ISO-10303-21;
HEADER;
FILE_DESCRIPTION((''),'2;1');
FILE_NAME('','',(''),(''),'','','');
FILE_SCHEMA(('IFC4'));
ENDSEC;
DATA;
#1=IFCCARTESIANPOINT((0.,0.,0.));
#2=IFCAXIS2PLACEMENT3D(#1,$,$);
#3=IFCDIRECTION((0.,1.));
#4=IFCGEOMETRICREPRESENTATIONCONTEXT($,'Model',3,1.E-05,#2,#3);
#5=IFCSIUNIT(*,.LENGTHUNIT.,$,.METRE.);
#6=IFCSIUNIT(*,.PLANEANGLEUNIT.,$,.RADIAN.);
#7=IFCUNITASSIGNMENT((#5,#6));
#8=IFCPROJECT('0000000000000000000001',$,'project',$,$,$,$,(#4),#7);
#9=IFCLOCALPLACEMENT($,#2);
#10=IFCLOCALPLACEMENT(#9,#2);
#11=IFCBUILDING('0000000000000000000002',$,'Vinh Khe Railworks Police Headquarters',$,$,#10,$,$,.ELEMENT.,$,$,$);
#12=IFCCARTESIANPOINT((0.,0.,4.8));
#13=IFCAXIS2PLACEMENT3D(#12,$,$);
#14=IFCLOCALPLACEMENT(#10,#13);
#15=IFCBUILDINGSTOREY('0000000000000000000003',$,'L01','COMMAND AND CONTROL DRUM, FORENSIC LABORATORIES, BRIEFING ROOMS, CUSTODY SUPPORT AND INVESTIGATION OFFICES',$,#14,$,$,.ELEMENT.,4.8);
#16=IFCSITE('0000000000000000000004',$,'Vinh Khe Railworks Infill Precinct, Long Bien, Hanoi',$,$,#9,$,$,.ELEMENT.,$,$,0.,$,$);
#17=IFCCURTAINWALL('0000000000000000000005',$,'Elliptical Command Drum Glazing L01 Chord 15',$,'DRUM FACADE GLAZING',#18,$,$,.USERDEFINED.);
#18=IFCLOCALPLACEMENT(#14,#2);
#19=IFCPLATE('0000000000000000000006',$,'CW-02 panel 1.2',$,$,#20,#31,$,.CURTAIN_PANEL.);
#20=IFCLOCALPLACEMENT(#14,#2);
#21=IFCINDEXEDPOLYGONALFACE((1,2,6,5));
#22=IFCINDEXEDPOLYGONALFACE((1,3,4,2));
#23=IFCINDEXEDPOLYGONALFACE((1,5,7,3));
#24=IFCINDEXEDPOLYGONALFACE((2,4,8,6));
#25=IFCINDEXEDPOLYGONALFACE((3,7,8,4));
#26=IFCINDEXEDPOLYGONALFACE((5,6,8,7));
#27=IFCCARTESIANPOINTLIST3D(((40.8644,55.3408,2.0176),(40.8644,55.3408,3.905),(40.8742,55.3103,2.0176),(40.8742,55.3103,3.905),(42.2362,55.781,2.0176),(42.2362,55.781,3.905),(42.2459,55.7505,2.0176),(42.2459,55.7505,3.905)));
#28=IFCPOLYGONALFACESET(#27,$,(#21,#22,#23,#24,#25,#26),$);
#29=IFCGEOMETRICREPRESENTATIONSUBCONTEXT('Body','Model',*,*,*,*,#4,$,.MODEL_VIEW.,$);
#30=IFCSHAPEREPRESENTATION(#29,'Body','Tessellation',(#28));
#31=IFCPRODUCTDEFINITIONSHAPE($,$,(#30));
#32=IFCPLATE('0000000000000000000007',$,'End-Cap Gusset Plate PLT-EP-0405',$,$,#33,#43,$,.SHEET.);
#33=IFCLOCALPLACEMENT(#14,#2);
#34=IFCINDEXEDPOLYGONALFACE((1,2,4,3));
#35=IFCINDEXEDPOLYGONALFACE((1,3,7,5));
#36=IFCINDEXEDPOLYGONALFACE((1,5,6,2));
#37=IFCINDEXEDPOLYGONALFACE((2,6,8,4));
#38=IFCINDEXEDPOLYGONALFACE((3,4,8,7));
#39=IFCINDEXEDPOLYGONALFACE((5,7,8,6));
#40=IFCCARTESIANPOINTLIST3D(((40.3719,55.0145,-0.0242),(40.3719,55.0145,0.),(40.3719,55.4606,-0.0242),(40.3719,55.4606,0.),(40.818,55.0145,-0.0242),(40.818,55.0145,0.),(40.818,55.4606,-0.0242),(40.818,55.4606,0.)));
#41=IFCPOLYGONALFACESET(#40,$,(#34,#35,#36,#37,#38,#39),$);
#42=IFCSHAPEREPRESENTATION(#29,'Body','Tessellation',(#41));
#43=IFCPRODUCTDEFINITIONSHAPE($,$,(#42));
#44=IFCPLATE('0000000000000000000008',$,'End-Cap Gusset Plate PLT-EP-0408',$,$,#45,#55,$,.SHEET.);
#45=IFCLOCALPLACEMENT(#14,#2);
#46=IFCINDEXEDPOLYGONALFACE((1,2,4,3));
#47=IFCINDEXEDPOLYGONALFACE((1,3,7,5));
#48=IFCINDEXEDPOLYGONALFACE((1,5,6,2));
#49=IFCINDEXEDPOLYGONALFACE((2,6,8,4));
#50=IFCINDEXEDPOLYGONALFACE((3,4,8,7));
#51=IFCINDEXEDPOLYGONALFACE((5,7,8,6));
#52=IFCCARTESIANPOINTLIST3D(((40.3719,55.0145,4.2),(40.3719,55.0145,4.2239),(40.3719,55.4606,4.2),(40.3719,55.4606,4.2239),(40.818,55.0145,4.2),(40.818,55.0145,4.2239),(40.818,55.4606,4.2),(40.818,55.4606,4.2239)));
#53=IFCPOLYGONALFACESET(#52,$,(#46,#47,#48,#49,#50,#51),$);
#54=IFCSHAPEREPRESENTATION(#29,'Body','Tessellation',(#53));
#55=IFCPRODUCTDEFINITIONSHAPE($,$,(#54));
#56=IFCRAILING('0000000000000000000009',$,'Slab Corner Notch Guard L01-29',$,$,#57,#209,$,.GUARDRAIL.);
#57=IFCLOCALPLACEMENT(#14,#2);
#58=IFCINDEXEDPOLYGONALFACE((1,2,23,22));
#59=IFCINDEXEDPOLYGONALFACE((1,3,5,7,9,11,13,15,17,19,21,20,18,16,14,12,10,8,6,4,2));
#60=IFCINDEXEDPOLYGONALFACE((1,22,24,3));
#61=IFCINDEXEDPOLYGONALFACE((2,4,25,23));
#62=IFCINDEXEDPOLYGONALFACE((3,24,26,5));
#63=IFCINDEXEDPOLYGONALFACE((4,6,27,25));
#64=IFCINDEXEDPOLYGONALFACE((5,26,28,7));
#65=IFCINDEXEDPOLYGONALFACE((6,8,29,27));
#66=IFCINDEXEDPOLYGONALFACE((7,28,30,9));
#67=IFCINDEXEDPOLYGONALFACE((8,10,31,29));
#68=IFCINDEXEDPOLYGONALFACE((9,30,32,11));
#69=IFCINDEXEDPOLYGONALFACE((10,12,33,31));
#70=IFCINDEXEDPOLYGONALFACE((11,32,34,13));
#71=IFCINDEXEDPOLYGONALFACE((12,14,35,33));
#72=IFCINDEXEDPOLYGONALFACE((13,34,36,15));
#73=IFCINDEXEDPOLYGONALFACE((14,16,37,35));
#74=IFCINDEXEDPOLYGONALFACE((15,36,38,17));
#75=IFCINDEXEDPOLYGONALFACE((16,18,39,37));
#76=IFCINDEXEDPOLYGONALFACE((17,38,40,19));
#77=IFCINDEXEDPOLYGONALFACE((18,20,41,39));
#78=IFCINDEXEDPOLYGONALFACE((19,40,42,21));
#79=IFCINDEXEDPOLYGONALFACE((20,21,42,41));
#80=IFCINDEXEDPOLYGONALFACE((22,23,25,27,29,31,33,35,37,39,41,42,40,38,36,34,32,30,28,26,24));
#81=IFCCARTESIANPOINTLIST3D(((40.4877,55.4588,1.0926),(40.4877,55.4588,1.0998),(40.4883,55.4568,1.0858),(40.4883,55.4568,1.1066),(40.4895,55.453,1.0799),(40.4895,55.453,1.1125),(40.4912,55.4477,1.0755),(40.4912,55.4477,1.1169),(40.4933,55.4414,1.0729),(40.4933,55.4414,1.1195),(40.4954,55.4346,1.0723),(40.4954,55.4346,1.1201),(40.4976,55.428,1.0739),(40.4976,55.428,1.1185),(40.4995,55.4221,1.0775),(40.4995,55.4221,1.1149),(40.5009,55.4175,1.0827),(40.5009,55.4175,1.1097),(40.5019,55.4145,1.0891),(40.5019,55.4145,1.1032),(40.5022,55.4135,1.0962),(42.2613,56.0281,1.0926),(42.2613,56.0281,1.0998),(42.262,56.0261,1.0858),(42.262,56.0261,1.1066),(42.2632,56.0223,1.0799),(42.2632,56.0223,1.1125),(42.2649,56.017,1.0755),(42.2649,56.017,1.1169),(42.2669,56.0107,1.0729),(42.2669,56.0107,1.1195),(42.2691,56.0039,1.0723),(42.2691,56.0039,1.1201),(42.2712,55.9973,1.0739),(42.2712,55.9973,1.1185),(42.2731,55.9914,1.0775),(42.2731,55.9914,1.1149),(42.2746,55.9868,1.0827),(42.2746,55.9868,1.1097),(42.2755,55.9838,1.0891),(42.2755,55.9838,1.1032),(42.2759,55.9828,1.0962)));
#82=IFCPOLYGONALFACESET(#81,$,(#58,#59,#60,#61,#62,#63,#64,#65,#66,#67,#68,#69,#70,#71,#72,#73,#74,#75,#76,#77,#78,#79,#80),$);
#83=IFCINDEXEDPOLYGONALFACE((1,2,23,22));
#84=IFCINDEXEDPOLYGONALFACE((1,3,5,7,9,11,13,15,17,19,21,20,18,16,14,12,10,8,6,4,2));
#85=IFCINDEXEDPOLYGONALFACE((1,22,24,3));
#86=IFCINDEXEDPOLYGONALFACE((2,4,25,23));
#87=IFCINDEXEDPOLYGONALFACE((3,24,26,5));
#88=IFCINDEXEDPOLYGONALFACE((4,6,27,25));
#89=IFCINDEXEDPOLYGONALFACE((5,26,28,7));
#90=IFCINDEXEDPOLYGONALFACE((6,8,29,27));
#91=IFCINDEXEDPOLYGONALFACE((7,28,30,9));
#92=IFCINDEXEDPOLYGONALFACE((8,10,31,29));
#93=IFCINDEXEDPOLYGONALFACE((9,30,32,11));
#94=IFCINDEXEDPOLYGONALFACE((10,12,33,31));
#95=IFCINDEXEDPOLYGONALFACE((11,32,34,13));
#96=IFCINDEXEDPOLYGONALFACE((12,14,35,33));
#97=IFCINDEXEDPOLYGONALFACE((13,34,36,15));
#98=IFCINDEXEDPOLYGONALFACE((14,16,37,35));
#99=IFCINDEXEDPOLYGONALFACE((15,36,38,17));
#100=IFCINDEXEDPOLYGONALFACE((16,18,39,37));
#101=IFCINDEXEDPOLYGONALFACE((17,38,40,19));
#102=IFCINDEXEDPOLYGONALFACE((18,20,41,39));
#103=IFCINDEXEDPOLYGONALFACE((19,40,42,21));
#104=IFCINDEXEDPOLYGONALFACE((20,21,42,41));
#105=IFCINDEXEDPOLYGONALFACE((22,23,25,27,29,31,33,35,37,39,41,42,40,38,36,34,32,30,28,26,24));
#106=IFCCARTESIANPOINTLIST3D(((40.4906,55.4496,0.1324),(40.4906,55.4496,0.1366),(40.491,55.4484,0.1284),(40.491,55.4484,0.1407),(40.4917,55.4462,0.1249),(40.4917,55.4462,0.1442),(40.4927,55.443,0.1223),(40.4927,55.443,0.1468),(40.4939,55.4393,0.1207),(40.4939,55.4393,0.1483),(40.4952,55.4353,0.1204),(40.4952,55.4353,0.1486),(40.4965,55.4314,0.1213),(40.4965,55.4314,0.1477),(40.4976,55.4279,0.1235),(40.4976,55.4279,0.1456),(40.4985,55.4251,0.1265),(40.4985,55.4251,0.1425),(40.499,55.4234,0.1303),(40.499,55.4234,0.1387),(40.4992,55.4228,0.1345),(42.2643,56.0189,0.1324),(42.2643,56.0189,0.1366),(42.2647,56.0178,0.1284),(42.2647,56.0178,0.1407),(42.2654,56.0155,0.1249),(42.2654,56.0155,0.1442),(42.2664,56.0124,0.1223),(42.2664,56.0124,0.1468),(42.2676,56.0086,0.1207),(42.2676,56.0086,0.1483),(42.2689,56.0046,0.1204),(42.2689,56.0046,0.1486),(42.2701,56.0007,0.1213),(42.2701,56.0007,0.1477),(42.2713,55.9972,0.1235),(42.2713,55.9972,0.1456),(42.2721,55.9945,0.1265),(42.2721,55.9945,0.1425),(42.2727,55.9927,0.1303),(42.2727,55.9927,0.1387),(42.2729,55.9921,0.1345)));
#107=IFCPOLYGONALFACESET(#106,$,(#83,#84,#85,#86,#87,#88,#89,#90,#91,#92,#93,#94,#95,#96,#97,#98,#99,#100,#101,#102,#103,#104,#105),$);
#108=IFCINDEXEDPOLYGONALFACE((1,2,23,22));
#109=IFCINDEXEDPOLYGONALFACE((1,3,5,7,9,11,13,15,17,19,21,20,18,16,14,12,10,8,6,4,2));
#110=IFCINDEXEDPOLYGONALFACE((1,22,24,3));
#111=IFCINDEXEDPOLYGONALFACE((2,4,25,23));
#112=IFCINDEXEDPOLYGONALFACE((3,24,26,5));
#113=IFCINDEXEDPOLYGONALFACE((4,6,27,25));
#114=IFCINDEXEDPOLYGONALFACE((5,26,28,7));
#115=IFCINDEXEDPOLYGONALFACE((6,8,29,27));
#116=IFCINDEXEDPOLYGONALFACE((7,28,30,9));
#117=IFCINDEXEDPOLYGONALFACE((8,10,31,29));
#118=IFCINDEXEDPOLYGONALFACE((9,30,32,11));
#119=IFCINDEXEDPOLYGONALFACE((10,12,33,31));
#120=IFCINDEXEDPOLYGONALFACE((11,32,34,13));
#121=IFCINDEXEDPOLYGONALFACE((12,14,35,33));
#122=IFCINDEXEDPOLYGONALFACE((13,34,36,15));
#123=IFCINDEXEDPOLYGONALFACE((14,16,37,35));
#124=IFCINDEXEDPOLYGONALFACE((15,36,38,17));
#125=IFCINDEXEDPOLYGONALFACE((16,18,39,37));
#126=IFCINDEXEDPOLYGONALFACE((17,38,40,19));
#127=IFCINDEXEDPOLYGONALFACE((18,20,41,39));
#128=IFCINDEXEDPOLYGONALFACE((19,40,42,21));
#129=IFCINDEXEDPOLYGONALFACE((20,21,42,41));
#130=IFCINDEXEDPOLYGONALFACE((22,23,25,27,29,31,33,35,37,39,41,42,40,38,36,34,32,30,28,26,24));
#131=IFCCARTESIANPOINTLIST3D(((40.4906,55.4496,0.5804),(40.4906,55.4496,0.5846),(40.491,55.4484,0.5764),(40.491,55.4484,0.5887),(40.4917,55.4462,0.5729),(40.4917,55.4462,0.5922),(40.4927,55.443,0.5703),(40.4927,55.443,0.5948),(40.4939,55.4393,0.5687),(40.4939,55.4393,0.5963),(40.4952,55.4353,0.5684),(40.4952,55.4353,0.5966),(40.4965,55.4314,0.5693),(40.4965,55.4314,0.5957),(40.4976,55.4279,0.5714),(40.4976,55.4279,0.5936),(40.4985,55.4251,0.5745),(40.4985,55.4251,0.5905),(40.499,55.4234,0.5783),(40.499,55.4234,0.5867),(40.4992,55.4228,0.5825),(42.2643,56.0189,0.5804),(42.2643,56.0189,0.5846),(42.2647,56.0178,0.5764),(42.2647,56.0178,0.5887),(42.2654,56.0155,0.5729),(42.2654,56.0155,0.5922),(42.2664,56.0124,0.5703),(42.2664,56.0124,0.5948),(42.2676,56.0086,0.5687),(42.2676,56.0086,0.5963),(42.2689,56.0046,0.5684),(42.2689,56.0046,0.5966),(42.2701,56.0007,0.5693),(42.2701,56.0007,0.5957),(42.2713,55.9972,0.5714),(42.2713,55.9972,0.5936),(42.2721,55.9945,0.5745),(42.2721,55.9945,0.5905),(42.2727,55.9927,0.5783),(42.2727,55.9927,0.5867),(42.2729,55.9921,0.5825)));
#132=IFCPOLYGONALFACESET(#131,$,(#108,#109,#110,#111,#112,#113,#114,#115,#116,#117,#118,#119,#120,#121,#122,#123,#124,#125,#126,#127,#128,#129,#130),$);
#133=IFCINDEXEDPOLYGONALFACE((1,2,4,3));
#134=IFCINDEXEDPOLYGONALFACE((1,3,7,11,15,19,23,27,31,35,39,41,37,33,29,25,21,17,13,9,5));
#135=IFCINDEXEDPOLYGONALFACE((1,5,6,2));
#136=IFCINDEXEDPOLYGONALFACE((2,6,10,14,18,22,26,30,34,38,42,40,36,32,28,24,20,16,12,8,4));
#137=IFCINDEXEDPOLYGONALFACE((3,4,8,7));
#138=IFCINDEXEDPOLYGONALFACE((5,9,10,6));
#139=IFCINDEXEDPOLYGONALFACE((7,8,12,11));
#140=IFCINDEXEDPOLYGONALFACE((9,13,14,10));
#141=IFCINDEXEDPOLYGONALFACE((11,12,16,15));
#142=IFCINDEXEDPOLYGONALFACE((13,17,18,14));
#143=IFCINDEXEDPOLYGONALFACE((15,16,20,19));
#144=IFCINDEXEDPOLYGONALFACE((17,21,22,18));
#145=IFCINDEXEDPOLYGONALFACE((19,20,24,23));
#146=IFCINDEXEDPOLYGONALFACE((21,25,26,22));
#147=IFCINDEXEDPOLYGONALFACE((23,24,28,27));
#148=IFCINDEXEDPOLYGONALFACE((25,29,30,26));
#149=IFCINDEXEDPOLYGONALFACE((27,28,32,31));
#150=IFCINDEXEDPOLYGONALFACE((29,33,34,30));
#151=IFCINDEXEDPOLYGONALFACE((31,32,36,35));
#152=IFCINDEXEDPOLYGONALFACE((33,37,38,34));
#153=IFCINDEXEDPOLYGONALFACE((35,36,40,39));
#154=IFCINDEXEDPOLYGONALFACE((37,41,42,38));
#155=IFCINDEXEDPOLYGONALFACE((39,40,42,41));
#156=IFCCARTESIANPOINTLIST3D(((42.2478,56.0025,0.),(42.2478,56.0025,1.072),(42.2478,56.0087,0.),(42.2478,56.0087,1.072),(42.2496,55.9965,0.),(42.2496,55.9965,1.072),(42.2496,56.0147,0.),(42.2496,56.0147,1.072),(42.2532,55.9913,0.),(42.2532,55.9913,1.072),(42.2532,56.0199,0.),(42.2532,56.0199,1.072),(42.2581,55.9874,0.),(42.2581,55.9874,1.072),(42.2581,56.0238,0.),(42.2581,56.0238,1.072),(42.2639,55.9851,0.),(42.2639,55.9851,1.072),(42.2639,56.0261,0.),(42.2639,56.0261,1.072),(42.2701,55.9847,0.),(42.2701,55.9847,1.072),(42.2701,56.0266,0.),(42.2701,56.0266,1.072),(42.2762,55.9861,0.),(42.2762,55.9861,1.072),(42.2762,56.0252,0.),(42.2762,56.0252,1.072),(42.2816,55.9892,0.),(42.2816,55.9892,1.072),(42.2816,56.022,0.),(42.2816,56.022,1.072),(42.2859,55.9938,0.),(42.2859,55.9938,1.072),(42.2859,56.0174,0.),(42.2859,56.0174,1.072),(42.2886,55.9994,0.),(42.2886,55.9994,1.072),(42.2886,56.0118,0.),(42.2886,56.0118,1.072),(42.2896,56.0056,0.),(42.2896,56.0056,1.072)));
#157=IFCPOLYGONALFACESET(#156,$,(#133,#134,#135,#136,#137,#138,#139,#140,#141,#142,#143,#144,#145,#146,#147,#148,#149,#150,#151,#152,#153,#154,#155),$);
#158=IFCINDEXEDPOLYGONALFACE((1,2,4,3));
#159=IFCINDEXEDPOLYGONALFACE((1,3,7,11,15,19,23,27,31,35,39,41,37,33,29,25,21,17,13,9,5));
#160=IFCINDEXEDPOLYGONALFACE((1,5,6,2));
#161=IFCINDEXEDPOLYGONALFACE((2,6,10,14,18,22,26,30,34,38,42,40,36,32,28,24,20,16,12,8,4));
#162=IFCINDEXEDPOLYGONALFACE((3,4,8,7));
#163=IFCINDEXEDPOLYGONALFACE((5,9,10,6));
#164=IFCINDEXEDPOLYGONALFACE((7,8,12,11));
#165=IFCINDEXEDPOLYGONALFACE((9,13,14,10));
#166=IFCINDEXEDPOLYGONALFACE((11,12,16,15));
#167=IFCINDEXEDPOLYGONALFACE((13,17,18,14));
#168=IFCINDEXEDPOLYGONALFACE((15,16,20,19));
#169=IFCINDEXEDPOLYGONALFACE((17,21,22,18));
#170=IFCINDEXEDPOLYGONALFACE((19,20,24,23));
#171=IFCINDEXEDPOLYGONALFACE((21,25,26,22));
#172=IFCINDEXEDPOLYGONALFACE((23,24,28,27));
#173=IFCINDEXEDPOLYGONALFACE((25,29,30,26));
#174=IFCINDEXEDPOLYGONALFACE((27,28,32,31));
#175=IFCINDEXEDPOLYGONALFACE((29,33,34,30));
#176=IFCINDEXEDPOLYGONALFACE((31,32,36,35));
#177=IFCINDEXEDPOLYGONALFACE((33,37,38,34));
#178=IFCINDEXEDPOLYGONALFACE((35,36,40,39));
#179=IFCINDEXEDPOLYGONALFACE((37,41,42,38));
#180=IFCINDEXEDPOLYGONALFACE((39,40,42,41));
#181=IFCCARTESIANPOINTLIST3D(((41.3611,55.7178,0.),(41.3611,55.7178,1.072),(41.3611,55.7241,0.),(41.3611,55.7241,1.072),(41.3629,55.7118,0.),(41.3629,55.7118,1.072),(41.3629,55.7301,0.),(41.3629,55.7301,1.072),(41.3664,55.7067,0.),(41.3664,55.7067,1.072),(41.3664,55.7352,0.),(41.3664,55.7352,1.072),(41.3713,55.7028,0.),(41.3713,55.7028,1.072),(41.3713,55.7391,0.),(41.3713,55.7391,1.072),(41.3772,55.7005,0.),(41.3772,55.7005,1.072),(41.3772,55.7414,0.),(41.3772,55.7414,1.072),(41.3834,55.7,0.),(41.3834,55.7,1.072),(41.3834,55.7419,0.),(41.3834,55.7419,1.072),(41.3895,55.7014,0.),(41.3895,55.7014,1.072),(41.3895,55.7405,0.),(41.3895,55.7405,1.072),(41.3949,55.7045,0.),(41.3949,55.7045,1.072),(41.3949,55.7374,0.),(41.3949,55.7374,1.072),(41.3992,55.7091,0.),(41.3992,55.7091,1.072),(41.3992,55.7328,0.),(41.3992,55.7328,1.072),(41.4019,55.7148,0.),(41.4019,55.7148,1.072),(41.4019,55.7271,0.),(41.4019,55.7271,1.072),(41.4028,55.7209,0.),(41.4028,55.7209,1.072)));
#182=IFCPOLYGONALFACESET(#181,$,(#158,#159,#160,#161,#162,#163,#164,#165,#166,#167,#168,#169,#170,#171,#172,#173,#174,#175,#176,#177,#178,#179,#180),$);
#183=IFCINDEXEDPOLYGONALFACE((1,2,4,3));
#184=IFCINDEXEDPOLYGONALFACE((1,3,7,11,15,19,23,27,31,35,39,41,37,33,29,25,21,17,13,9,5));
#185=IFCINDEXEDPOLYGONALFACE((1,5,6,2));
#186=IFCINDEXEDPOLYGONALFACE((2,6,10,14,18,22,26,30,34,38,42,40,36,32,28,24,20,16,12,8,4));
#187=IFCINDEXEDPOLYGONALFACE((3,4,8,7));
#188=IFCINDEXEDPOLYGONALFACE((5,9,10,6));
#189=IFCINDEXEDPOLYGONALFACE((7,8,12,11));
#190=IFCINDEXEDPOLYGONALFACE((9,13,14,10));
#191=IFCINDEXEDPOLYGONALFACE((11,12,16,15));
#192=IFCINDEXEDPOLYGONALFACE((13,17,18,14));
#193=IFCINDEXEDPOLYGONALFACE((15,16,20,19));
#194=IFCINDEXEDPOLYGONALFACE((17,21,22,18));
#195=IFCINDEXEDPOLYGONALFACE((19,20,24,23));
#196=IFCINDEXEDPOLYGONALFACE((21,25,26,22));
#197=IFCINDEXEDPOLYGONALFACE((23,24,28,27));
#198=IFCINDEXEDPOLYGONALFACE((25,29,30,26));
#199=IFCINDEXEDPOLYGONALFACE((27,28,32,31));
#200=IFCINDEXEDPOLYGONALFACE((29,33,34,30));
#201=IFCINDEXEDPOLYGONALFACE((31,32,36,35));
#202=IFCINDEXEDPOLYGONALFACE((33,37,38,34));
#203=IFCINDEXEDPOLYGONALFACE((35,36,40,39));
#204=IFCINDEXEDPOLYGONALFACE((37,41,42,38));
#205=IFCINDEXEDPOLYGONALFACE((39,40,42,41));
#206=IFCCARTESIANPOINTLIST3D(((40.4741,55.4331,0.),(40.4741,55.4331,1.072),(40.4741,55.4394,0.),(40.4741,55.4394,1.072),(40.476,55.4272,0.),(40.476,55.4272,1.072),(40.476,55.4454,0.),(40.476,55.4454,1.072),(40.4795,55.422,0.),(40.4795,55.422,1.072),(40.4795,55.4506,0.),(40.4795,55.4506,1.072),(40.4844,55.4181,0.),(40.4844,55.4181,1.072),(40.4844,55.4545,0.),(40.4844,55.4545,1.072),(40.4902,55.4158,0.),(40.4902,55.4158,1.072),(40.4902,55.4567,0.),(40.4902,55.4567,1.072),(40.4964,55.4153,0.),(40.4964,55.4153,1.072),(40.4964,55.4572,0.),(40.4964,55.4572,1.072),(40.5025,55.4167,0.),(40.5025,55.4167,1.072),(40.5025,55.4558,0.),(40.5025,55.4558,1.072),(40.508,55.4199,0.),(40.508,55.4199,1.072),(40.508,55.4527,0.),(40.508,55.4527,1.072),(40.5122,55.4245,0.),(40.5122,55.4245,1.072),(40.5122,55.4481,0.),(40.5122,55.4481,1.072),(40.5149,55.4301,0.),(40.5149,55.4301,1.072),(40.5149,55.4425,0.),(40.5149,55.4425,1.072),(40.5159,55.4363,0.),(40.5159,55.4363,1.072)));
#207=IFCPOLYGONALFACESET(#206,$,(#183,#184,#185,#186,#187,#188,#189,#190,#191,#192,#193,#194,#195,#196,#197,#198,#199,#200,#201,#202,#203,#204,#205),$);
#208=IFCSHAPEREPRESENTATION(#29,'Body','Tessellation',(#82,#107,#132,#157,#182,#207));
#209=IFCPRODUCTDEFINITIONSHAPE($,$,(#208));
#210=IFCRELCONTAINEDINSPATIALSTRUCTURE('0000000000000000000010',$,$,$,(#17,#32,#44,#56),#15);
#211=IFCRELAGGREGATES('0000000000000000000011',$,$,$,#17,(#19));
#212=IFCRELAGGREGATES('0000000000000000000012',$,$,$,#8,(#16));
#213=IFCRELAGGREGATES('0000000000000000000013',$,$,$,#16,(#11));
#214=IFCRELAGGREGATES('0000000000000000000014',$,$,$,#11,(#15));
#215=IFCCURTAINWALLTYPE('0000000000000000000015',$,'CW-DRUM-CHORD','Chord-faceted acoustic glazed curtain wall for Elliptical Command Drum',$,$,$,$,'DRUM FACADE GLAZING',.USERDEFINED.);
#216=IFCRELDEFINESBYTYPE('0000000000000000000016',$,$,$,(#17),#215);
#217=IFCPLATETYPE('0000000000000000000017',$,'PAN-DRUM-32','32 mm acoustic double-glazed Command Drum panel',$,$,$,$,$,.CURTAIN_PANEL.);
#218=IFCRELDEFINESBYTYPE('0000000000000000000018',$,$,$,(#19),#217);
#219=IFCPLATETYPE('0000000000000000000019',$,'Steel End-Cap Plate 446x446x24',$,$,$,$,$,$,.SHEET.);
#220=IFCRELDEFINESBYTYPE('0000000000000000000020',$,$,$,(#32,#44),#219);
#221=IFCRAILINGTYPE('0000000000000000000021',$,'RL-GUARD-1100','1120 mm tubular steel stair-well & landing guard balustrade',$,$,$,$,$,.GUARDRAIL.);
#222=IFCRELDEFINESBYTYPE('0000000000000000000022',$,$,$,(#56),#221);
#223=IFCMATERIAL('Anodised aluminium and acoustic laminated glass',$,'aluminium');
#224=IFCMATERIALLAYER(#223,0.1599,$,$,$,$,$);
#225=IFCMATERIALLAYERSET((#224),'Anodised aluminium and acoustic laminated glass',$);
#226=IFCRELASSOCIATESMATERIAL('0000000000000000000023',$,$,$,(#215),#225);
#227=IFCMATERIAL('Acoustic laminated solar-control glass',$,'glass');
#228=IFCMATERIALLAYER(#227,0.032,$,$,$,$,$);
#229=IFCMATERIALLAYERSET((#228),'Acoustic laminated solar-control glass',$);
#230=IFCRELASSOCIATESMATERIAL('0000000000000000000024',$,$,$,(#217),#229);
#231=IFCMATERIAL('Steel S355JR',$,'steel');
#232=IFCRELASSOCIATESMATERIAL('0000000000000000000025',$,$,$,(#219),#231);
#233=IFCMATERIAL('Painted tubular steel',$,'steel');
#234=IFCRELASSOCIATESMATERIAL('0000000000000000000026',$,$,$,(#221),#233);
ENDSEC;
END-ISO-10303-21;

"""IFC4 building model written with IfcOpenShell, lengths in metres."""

from ifc_helpers import new_model, si_unit, direction, frame, origin, origin_2d, place, context, subcontext, project, spatial, rectangle, circle, extrude, material, layer, layer_set, material_profile, profile_set, type_object, element, aggregate, save


model = new_model("IFC4")

# Units and contexts
model_context = context("Model", 3, precision=1e-05, world=origin(), true_north=direction((0.0, 1.0)))
body_context = subcontext(model_context, "Body", "Model", "MODEL_VIEW")
ifc_project = project(units=[si_unit("LENGTHUNIT", "METRE"), si_unit("PLANEANGLEUNIT", "RADIAN")], contexts=[model_context])

# Site, building, storey
site_placement = place(None, origin())
site = spatial("IfcSite", under=ifc_project, at=site_placement, Name="Vinh Khe Railworks Infill Precinct, Long Bien, Hanoi", CompositionType="ELEMENT", RefElevation=0.0)
building_placement = place(site_placement, origin())
building = spatial("IfcBuilding", under=site, at=building_placement, Name="Vinh Khe Railworks Police Headquarters", CompositionType="ELEMENT")
storey_placement = place(building_placement, frame((0.0, 0.0, 4.8)))
storey = spatial("IfcBuildingStorey", under=building, at=storey_placement, Name="L01", Description="COMMAND AND CONTROL DRUM, FORENSIC LABORATORIES, BRIEFING ROOMS, CUSTODY SUPPORT AND INVESTIGATION OFFICES", CompositionType="ELEMENT", Elevation=4.8)

# Shared definitions
ifc_material_1 = material(Name="Steel S355JR", Category="steel")

# Shared definitions
ifc_material_2 = material(Name="Anodised aluminium and acoustic laminated glass", Category="aluminium")
ifc_layer_1 = layer(ifc_material_2, 0.1599)
ifc_layer_set_1 = layer_set([ifc_layer_1], Name="Anodised aluminium and acoustic laminated glass")
curtain_wall_type = type_object("IfcCurtainWallType", Name="CW-DRUM-CHORD", Description="Chord-faceted acoustic glazed curtain wall for Elliptical Command Drum", ElementType="DRUM FACADE GLAZING", PredefinedType="USERDEFINED", material=ifc_layer_set_1)

# Curtain wall
curtain_wall_1_placement = place(storey_placement, origin())
curtain_wall_1 = element("IfcCurtainWall", 1, at=curtain_wall_1_placement, inside=storey, type_object=curtain_wall_type, Name="Elliptical Command Drum Glazing L01 Chord 15", ObjectType="DRUM FACADE GLAZING", PredefinedType="USERDEFINED")

# Plate
ifc_material_3 = material(Name="Acoustic laminated solar-control glass", Category="glass")
ifc_layer_2 = layer(ifc_material_3, 0.032)
ifc_layer_set_2 = layer_set([ifc_layer_2], Name="Acoustic laminated solar-control glass")
plate_type_1 = type_object("IfcPlateType", Name="PAN-DRUM-32", Description="32 mm acoustic double-glazed Command Drum panel", PredefinedType="CURTAIN_PANEL", material=ifc_layer_set_2)
plate_1_placement = place(storey_placement, frame((41.5552, 55.5457, 2.0176), z_axis=(0.0, 0.0, 1.0), x_axis=(-0.952168, -0.305575, 0.0)))
plate_1 = element("IfcPlate", 2, at=plate_1_placement, type_object=plate_type_1, Name="CW-02 panel 1.2", PredefinedType="CURTAIN_PANEL", context=body_context, shape_type="SweptSolid", body=[
    extrude(rectangle(XDim=1.4407, YDim=0.032, at=origin_2d()), origin(), (0.0, 0.0, 1.0), 1.8875),
])
aggregate(curtain_wall_1, [plate_1])

# Plates
ifc_material_profile_1 = material_profile(ifc_material_1, rectangle(XDim=0.446, YDim=0.446, at=origin_2d()), Name="PL 446x446")
ifc_profile_set_1 = profile_set([ifc_material_profile_1], Name="Steel S355JR")
plate_type_2 = type_object("IfcPlateType", Name="Steel End-Cap Plate 446x446x24", PredefinedType="SHEET", material=ifc_profile_set_1)
plate_2_placement = place(storey_placement, frame((40.595, 55.2375, 0.0), z_axis=(0.0, 0.0, -1.0), x_axis=(1.0, 0.0, 0.0)))
element("IfcPlate", 3, at=plate_2_placement, inside=storey, type_object=plate_type_2, Name="End-Cap Gusset Plate PLT-EP-0405", PredefinedType="SHEET", context=body_context, shape_type="SweptSolid", body=[
    extrude(rectangle(XDim=0.446, YDim=0.446, at=origin_2d()), origin(), (0.0, 0.0, 1.0), 0.0242),
])
plate_3_placement = place(storey_placement, frame((40.595, 55.2375, 4.2), z_axis=(0.0, 0.0, 1.0), x_axis=(1.0, 0.0, 0.0)))
element("IfcPlate", 4, at=plate_3_placement, inside=storey, type_object=plate_type_2, Name="End-Cap Gusset Plate PLT-EP-0408", PredefinedType="SHEET", context=body_context, shape_type="SweptSolid", body=[
    extrude(rectangle(XDim=0.446, YDim=0.446, at=origin_2d()), origin(), (0.0, 0.0, 1.0), 0.0239),
])

# Railing
ifc_material_4 = material(Name="Painted tubular steel", Category="steel")
railing_type = type_object("IfcRailingType", Name="RL-GUARD-1100", Description="1120 mm tubular steel stair-well & landing guard balustrade", PredefinedType="GUARDRAIL", material=ifc_material_4)
railing_1_placement = place(storey_placement, frame((42.2686, 56.0056, 0.0)))
element("IfcRailing", 5, at=railing_1_placement, inside=storey, type_object=railing_type, Name="Slab Corner Notch Guard L01-29", PredefinedType="GUARDRAIL", context=body_context, shape_type="SweptSolid", body=[
    extrude(circle(Radius=0.0239, at=origin_2d()), frame((0.0, 0.0, 1.0962), z_axis=(-0.95215, -0.305632, 0.0), x_axis=(0.305632, -0.95215, 0.0)), (0.0, 0.0, 1.0), 1.8628),
    extrude(circle(Radius=0.0142, at=origin_2d()), frame((0.0, 0.0, 0.1345), z_axis=(-0.95215, -0.305632, 0.0), x_axis=(0.305632, -0.95215, 0.0)), (0.0, 0.0, 1.0), 1.8628),
    extrude(circle(Radius=0.0142, at=origin_2d()), frame((0.0, 0.0, 0.5825), z_axis=(-0.95215, -0.305632, 0.0), x_axis=(0.305632, -0.95215, 0.0)), (0.0, 0.0, 1.0), 1.8628),
    extrude(circle(Radius=0.021, at=origin_2d()), origin(), (0.0, 0.0, 1.0), 1.072),
    extrude(circle(Radius=0.021, at=origin_2d()), frame((-0.8867, -0.2847, 0.0)), (0.0, 0.0, 1.0), 1.072),
    extrude(circle(Radius=0.021, at=origin_2d()), frame((-1.7737, -0.5693, 0.0)), (0.0, 0.0, 1.0), 1.072),
])

save(model, "model.ifc")
